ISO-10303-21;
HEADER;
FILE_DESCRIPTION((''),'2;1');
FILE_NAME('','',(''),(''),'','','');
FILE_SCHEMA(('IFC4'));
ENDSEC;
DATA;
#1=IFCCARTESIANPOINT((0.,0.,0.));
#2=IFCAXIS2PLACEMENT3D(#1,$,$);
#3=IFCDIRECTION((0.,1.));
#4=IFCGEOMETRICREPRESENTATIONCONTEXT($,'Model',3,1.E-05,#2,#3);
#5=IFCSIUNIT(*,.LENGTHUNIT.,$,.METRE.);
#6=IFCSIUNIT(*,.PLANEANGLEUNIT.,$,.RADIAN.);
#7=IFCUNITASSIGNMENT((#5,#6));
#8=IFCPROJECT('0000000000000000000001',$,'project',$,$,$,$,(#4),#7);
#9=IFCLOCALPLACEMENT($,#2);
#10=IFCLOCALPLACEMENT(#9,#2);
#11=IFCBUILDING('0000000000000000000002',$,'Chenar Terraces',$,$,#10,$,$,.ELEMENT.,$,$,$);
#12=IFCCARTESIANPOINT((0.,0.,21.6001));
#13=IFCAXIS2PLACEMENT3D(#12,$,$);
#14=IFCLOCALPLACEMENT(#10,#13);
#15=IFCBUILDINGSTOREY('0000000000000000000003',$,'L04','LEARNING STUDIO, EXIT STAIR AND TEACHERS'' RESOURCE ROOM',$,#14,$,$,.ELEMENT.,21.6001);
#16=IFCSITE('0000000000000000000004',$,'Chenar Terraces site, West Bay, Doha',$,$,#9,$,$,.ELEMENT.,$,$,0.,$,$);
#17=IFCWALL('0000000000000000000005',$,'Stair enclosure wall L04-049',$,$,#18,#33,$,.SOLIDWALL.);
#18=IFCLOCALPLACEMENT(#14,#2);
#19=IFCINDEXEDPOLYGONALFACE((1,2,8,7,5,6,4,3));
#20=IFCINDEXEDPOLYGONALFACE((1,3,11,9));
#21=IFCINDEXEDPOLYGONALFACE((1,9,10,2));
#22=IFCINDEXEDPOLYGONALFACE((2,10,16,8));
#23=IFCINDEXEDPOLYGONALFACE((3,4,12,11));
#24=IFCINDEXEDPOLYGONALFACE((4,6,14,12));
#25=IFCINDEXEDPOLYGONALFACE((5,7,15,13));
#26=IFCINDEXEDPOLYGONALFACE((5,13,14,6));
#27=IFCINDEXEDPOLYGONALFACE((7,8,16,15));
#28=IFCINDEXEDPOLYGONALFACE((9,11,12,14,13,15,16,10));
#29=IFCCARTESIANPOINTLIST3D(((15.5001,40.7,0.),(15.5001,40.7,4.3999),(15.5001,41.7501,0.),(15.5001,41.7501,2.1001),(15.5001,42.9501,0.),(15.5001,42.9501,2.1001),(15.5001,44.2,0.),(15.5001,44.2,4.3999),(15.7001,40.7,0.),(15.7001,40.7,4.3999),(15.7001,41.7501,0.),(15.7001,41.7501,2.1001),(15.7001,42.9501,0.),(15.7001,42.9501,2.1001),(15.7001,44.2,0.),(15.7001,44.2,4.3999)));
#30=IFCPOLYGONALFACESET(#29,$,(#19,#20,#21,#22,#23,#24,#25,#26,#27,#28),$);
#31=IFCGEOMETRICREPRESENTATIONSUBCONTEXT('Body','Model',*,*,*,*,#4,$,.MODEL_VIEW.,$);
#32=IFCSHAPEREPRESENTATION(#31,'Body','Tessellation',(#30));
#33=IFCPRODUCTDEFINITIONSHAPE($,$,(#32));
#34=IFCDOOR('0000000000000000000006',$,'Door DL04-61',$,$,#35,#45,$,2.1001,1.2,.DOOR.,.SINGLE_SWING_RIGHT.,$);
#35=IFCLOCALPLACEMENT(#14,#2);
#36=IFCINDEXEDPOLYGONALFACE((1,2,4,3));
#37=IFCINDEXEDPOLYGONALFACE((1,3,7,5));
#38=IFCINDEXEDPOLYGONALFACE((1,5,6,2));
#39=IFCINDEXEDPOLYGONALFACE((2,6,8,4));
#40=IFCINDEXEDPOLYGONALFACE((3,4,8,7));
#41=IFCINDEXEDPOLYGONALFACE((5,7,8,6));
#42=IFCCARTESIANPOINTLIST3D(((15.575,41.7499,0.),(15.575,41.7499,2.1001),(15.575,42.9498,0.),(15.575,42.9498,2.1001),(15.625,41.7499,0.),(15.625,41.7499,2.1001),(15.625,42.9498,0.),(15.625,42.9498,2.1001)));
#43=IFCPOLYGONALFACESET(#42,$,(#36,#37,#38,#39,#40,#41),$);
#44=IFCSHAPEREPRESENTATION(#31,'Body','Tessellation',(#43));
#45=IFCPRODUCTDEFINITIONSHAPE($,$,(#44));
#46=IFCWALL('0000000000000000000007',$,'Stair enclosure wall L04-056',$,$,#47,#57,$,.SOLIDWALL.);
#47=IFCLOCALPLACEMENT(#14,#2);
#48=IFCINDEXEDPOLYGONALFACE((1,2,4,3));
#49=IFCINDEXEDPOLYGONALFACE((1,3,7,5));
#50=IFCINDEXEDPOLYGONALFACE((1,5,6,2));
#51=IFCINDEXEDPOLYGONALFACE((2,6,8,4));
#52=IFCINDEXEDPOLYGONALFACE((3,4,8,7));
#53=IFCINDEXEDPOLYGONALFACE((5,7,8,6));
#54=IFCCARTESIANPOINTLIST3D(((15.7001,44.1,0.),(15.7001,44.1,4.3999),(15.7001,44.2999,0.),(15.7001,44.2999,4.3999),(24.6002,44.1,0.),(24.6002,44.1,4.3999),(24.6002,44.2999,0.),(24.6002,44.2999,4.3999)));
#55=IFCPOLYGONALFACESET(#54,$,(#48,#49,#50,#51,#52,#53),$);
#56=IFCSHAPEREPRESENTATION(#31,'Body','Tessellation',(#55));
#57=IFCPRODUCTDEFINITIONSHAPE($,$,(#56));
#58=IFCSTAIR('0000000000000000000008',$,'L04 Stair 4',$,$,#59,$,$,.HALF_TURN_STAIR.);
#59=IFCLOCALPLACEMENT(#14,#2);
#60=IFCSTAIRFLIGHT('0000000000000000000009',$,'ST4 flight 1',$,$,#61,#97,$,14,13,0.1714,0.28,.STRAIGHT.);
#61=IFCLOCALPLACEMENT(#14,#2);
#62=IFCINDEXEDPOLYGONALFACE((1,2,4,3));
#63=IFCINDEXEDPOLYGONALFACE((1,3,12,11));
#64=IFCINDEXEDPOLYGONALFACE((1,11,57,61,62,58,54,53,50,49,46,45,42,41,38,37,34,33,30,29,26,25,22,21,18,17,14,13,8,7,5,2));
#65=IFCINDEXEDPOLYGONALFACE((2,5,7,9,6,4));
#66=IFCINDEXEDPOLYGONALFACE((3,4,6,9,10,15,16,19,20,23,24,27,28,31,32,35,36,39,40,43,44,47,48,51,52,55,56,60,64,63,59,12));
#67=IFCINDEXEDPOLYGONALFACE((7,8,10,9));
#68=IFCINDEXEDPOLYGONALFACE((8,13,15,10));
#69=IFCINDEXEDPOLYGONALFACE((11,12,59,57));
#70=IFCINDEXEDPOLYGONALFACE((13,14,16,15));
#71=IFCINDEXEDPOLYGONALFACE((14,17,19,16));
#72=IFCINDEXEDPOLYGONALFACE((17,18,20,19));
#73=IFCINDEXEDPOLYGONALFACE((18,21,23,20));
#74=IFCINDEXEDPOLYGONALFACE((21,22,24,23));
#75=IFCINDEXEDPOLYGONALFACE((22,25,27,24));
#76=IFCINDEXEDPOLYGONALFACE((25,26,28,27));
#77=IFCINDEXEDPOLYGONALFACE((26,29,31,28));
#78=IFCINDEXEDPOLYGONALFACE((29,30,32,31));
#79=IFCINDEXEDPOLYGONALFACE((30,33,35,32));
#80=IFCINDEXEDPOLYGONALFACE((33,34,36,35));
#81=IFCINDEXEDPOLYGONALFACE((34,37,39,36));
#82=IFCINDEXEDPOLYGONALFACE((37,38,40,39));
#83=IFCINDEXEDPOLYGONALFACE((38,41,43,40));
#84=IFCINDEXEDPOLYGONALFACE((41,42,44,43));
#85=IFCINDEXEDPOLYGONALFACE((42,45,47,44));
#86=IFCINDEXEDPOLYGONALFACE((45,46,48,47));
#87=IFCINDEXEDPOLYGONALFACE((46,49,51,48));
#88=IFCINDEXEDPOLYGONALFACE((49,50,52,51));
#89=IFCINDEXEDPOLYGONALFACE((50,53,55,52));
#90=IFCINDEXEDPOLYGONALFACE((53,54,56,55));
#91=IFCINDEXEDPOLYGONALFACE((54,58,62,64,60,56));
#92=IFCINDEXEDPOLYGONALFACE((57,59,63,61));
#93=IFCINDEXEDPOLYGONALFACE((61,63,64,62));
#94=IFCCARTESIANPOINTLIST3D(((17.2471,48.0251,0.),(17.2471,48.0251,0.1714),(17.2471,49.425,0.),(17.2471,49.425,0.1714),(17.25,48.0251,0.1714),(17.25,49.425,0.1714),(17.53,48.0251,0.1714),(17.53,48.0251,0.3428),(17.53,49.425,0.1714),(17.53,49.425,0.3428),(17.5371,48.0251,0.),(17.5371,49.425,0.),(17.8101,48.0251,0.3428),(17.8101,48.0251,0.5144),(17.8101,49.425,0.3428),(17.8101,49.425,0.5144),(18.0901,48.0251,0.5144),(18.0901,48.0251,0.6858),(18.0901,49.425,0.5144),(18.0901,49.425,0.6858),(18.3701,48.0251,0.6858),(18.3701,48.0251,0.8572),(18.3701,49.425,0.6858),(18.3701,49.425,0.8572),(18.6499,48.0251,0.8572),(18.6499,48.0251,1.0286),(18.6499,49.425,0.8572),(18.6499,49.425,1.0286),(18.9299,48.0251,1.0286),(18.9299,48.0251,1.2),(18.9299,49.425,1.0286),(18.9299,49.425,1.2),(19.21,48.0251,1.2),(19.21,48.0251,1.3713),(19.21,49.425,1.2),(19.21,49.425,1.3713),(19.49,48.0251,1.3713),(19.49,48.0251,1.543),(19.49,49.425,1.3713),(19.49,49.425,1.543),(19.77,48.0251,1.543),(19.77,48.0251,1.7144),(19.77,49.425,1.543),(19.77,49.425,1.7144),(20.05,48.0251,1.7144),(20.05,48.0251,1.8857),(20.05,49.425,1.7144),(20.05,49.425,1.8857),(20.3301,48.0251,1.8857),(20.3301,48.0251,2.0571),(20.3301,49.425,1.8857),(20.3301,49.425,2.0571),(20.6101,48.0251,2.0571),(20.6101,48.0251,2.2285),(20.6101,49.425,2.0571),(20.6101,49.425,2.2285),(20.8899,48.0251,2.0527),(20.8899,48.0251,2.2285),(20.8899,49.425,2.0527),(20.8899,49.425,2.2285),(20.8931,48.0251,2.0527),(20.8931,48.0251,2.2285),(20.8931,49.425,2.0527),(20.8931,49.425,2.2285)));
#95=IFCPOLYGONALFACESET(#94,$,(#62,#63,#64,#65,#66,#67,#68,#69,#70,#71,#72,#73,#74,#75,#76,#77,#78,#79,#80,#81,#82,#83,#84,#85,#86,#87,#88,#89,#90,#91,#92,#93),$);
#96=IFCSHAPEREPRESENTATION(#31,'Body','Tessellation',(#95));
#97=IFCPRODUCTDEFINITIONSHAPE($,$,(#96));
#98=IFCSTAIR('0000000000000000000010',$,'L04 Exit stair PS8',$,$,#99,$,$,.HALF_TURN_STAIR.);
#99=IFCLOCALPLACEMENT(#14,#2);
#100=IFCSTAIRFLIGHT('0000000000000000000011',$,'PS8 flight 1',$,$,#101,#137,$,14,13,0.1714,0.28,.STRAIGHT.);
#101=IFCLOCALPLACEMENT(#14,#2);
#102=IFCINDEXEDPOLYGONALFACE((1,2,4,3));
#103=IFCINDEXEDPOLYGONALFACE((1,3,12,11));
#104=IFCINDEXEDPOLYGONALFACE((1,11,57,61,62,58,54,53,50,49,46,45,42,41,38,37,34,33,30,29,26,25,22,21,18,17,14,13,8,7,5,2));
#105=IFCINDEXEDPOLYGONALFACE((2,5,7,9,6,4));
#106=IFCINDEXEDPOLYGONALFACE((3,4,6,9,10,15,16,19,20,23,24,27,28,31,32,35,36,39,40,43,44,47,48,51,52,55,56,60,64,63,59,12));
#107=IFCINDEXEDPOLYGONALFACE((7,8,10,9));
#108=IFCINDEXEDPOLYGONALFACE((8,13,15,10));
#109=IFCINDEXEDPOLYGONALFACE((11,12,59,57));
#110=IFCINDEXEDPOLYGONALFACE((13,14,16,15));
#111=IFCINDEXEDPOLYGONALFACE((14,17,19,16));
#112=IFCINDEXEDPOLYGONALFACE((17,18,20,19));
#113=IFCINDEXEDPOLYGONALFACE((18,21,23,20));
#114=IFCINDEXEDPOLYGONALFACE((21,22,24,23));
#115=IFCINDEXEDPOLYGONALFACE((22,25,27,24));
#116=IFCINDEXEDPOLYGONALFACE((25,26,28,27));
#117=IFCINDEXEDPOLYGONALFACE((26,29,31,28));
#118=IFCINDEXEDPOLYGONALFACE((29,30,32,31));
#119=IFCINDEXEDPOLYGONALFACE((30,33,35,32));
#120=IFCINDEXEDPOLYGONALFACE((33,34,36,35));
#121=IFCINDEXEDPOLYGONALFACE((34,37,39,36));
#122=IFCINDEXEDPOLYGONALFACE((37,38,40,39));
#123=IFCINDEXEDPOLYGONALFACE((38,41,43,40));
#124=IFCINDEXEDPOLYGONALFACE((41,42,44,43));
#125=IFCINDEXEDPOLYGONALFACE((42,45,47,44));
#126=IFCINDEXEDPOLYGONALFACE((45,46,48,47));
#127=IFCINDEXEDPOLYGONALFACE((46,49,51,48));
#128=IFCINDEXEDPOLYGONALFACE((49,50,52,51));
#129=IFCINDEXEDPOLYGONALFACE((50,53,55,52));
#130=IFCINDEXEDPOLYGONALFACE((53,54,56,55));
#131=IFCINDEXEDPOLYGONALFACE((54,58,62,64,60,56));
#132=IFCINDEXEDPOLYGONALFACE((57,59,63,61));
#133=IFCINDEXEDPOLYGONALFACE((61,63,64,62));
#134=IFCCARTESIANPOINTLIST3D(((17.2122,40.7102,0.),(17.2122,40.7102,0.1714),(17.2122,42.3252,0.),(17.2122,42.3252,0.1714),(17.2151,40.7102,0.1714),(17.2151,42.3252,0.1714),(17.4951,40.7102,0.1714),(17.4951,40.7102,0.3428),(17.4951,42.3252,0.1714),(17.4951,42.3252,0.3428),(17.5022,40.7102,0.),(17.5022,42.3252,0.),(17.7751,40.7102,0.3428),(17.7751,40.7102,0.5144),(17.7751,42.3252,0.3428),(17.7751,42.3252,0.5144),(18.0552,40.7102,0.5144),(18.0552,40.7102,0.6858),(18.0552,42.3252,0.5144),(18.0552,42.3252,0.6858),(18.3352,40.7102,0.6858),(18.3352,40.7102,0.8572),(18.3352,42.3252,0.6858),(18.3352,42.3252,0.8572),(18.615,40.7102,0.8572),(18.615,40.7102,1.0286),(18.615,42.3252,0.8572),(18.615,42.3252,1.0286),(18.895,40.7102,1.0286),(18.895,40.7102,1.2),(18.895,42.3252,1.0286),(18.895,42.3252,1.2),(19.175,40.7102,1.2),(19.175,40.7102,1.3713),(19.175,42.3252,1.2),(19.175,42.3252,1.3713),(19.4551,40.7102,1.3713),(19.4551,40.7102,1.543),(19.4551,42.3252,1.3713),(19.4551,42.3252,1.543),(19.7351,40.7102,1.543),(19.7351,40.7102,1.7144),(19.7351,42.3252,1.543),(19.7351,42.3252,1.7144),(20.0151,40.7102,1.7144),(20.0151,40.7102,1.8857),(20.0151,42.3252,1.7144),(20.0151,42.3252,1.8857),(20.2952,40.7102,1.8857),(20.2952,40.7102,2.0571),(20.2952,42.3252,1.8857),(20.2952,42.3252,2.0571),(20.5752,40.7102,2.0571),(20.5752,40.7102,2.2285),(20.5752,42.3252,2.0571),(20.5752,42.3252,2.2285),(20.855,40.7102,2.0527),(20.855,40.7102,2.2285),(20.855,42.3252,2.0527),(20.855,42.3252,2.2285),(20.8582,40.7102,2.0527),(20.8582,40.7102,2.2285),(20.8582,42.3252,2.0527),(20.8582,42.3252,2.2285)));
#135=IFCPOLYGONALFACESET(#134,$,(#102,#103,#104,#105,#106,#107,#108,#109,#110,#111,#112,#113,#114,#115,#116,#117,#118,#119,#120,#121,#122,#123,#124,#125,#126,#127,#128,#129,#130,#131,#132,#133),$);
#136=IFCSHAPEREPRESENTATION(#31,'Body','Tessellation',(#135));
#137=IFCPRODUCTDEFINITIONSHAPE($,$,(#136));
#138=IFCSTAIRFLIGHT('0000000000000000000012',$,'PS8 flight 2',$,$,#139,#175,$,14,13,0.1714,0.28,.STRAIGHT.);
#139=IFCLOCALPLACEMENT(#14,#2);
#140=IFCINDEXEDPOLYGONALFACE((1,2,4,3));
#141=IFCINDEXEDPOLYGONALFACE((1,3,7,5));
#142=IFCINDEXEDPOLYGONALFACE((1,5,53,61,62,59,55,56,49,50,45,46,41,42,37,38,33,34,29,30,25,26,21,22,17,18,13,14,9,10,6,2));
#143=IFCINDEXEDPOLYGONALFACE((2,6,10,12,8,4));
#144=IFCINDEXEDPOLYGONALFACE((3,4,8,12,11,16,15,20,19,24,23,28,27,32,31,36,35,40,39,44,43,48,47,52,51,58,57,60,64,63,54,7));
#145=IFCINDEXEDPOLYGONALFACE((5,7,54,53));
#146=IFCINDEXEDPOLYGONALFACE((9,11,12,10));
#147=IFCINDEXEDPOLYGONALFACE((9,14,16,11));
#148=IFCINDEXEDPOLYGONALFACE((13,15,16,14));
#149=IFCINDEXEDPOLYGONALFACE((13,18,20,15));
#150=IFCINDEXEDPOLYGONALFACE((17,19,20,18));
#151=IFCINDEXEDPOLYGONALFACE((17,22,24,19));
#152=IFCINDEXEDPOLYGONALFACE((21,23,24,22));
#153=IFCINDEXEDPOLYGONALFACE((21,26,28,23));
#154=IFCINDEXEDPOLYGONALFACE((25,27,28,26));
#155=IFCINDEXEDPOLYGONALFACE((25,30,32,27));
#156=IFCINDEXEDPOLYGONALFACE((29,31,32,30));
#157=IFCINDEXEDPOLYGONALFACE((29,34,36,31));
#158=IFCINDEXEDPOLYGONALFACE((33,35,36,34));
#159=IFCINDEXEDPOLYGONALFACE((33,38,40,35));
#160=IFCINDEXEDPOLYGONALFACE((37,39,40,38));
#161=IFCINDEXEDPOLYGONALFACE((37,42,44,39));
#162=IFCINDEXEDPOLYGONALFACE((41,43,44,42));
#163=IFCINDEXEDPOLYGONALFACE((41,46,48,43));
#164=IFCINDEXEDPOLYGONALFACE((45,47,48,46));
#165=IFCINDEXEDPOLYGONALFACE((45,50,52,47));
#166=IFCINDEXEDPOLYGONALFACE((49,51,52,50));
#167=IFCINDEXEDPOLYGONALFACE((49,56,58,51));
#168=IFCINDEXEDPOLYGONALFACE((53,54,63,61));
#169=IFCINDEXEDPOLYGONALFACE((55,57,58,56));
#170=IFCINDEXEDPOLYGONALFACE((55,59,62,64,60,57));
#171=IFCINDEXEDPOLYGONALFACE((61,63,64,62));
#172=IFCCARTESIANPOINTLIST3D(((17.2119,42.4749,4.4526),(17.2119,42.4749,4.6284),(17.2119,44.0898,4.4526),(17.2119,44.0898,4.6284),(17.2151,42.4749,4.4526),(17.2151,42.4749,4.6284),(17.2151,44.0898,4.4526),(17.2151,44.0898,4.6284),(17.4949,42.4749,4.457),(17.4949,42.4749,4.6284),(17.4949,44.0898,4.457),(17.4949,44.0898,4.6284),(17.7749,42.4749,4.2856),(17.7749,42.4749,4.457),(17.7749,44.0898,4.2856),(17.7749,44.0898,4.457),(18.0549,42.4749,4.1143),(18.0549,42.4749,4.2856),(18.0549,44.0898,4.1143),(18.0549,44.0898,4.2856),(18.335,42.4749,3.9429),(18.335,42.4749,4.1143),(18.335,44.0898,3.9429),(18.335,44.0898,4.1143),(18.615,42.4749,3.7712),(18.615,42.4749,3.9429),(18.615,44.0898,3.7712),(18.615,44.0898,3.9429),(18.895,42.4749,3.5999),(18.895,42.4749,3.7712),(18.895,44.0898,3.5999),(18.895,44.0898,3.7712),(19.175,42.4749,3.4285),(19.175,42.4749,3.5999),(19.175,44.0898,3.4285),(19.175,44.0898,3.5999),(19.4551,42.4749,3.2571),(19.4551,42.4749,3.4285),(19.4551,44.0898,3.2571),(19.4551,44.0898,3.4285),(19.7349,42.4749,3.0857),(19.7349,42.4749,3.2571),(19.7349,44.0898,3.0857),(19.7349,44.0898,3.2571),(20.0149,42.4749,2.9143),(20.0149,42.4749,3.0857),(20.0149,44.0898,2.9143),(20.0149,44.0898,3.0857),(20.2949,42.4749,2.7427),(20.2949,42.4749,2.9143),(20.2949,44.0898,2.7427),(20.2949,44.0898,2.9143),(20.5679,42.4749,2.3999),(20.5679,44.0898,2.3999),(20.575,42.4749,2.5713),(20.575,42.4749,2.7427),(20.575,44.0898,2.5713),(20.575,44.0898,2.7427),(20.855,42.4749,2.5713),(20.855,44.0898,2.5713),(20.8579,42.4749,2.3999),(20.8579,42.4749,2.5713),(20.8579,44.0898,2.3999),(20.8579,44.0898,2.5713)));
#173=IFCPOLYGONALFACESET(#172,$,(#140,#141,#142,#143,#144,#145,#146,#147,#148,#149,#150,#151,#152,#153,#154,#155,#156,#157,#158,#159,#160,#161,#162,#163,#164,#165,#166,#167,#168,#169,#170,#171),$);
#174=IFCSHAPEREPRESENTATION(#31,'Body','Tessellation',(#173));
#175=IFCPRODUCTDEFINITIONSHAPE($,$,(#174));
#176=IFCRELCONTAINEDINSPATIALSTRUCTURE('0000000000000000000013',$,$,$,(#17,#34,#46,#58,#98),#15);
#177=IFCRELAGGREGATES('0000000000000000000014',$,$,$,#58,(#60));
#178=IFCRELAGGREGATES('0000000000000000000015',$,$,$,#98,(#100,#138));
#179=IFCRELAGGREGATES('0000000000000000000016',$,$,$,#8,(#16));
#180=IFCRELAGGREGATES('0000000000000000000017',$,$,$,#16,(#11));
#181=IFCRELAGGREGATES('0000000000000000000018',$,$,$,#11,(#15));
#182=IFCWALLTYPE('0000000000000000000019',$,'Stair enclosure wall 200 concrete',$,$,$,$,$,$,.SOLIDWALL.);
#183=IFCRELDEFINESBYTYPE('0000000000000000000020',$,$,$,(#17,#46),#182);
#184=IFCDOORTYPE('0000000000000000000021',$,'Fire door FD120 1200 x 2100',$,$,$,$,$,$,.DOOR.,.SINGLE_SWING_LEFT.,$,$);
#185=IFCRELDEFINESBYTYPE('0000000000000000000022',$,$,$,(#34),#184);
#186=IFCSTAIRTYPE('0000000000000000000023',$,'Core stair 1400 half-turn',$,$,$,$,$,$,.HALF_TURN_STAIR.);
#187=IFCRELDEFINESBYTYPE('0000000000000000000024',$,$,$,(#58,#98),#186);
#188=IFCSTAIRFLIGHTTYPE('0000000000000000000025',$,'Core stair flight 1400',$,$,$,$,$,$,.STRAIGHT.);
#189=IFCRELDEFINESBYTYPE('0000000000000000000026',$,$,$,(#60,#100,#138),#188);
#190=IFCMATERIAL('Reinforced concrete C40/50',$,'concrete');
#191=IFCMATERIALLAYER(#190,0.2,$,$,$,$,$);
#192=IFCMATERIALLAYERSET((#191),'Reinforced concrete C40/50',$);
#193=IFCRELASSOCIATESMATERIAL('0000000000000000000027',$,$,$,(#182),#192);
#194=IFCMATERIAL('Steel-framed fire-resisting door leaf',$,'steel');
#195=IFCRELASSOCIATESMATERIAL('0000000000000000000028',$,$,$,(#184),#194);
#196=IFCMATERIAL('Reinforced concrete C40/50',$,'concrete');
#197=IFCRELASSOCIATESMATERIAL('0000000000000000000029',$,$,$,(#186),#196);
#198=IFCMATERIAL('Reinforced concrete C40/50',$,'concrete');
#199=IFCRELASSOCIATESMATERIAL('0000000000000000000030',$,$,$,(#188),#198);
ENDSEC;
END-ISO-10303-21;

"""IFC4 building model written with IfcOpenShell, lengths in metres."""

from ifc_helpers import new_model, si_unit, direction, frame, frame_2d, origin, place, context, subcontext, project, spatial, polyline, rectangle, outline, extrude, material, layer, layer_set, type_object, element, fill, aggregate, save


model = new_model("IFC4")

# Units and contexts
model_context = context("Model", 3, precision=1e-05, world=origin(), true_north=direction((0.0, 1.0)))
body_context = subcontext(model_context, "Body", "Model", "MODEL_VIEW")
ifc_project = project(units=[si_unit("LENGTHUNIT", "METRE"), si_unit("PLANEANGLEUNIT", "RADIAN")], contexts=[model_context])

# Site, building, storey
site_placement = place(None, origin())
site = spatial("IfcSite", under=ifc_project, at=site_placement, Name="Chenar Terraces site, West Bay, Doha", CompositionType="ELEMENT", RefElevation=0.0)
building_placement = place(site_placement, origin())
building = spatial("IfcBuilding", under=site, at=building_placement, Name="Chenar Terraces", CompositionType="ELEMENT")
storey_placement = place(building_placement, frame((0.0, 0.0, 21.6001)))
storey = spatial("IfcBuildingStorey", under=building, at=storey_placement, Name="L04", Description="LEARNING STUDIO, EXIT STAIR AND TEACHERS' RESOURCE ROOM", CompositionType="ELEMENT", Elevation=21.6001)

# Wall, opening, door
ifc_material_1 = material(Name="Reinforced concrete C40/50", Category="concrete")
ifc_layer_1 = layer(ifc_material_1, 0.2)
ifc_layer_set_1 = layer_set([ifc_layer_1], Name="Reinforced concrete C40/50")
wall_type_1 = type_object("IfcWallType", Name="Stair enclosure wall 200 concrete", PredefinedType="SOLIDWALL", material=ifc_layer_set_1)
ifc_material_2 = material(Name="Steel-framed fire-resisting door leaf", Category="steel")
door_type_1 = type_object("IfcDoorType", Name="Fire door FD120 1200 x 2100", OperationType="SINGLE_SWING_LEFT", PredefinedType="DOOR", material=ifc_material_2)
wall_1_placement = place(storey_placement, frame((15.6001, 40.7, 0.0), z_axis=(0.0, 0.0, 1.0), x_axis=(0.0, 1.0, 0.0)))
wall_1 = element("IfcWall", 1, at=wall_1_placement, inside=storey, type_object=wall_type_1, Name="Stair enclosure wall L04-049", PredefinedType="SOLIDWALL", context=body_context, shape_type="SweptSolid", body=[
    extrude(rectangle(XDim=3.5, YDim=0.2, at=frame_2d((1.75, 0.0))), origin(), (0.0, 0.0, 1.0), 4.3999),
])
opening_1_placement = place(wall_1_placement, frame((1.05, 0.0, 0.0)))
opening_1 = element("IfcOpeningElement", 2, at=opening_1_placement, cuts=wall_1, PredefinedType="OPENING", context=body_context, shape_type="SweptSolid", body=[
    extrude(rectangle(XDim=1.2, YDim=2.1001, at=frame_2d((0.6001, 1.05))), frame((0.0, 0.1099, 0.0), z_axis=(0.0, -1.0, 0.0), x_axis=(1.0, 0.0, 0.0)), (0.0, 0.0, 1.0), 0.22),
])
door_1_placement = place(opening_1_placement, frame((1.2, 0.0, 0.0), z_axis=(0.0, 0.0, 1.0), x_axis=(-1.0, 0.0, 0.0)))
door_1 = element("IfcDoor", 3, at=door_1_placement, inside=storey, type_object=door_type_1, Name="Door DL04-61", OperationType="SINGLE_SWING_RIGHT", OverallHeight=2.1001, OverallWidth=1.2, PredefinedType="DOOR", context=body_context, shape_type="SweptSolid", body=[
    extrude(rectangle(XDim=1.2, YDim=2.1001, at=frame_2d((0.6001, 1.05))), frame((0.0, 0.0249, 0.0), z_axis=(0.0, -1.0, 0.0), x_axis=(1.0, 0.0, 0.0)), (0.0, 0.0, 1.0), 0.05),
])
fill(opening_1, door_1)

# Wall
wall_2_placement = place(storey_placement, frame((15.7, 44.2, 0.0), z_axis=(0.0, 0.0, 1.0), x_axis=(1.0, 0.0, 0.0)))
element("IfcWall", 4, at=wall_2_placement, inside=storey, type_object=wall_type_1, Name="Stair enclosure wall L04-056", PredefinedType="SOLIDWALL", context=body_context, shape_type="SweptSolid", body=[
    extrude(rectangle(XDim=8.9001, YDim=0.2, at=frame_2d((4.4502, 0.0))), origin(), (0.0, 0.0, 1.0), 4.3999),
])

# Stair, stair flight
ifc_material_3 = material(Name="Reinforced concrete C40/50", Category="concrete")
stair_type = type_object("IfcStairType", Name="Core stair 1400 half-turn", PredefinedType="HALF_TURN_STAIR", material=ifc_material_3)
placement = place(storey_placement, origin())
stair_1 = element("IfcStair", 5, at=placement, inside=storey, type_object=stair_type, Name="L04 Stair 4", PredefinedType="HALF_TURN_STAIR")
ifc_material_4 = material(Name="Reinforced concrete C40/50", Category="concrete")
stair_flight_type = type_object("IfcStairFlightType", Name="Core stair flight 1400", PredefinedType="STRAIGHT", material=ifc_material_4)
stair_flight_1_placement = place(storey_placement, frame((17.25, 48.7251, 0.0), z_axis=(0.0, 0.0, 1.0), x_axis=(1.0, 0.0, 0.0)))
stair_flight_1 = element("IfcStairFlight", 6, at=stair_flight_1_placement, type_object=stair_flight_type, Name="ST4 flight 1", NumberOfRisers=14, NumberOfTreads=13, PredefinedType="STRAIGHT", RiserHeight=0.1714, TreadLength=0.28, context=body_context, shape_type="SweptSolid", body=[
    extrude(outline(polyline([(-0.0029, 0.0), (-0.0029, 0.1714), (0.0, 0.1714), (0.28, 0.1714), (0.28, 0.3428), (0.5601, 0.3428), (0.5601, 0.5144), (0.8401, 0.5144), (0.8401, 0.6858), (1.1201, 0.6858), (1.1201, 0.8572), (1.3999, 0.8572), (1.3999, 1.0286), (1.6799, 1.0286), (1.6799, 1.2), (1.96, 1.2), (1.96, 1.3713), (2.24, 1.3713), (2.24, 1.543), (2.52, 1.543), (2.52, 1.7144), (2.8, 1.7144), (2.8, 1.8857), (3.0801, 1.8857), (3.0801, 2.0571), (3.3601, 2.0571), (3.3601, 2.2285), (3.6399, 2.2285), (3.6431, 2.2285), (3.6431, 2.0527), (3.6399, 2.0527), (0.2871, 0.0), (-0.0029, 0.0)])), frame((0.0, 0.7, 0.0), z_axis=(0.0, -1.0, 0.0), x_axis=(1.0, 0.0, 0.0)), (0.0, 0.0, 1.0), 1.3999),
])
aggregate(stair_1, [stair_flight_1])

# Stair, stair flights
stair_2 = element("IfcStair", 7, at=placement, inside=storey, type_object=stair_type, Name="L04 Exit stair PS8", PredefinedType="HALF_TURN_STAIR")
stair_flight_2_placement = place(storey_placement, frame((17.2151, 41.5176, 0.0), z_axis=(0.0, 0.0, 1.0), x_axis=(1.0, 0.0, 0.0)))
stair_flight_2 = element("IfcStairFlight", 8, at=stair_flight_2_placement, type_object=stair_flight_type, Name="PS8 flight 1", NumberOfRisers=14, NumberOfTreads=13, PredefinedType="STRAIGHT", RiserHeight=0.1714, TreadLength=0.28, context=body_context, shape_type="SweptSolid", body=[
    extrude(outline(polyline([(-0.0029, 0.0), (-0.0029, 0.1714), (0.0, 0.1714), (0.28, 0.1714), (0.28, 0.3428), (0.5601, 0.3428), (0.5601, 0.5144), (0.8401, 0.5144), (0.8401, 0.6858), (1.1201, 0.6858), (1.1201, 0.8572), (1.3999, 0.8572), (1.3999, 1.0286), (1.6799, 1.0286), (1.6799, 1.2), (1.96, 1.2), (1.96, 1.3713), (2.24, 1.3713), (2.24, 1.543), (2.52, 1.543), (2.52, 1.7144), (2.8, 1.7144), (2.8, 1.8857), (3.0801, 1.8857), (3.0801, 2.0571), (3.3601, 2.0571), (3.3601, 2.2285), (3.6399, 2.2285), (3.6431, 2.2285), (3.6431, 2.0527), (3.6399, 2.0527), (0.2871, 0.0), (-0.0029, 0.0)])), frame((0.0, 0.8076, 0.0), z_axis=(0.0, -1.0, 0.0), x_axis=(1.0, 0.0, 0.0)), (0.0, 0.0, 1.0), 1.615),
])
stair_flight_3_placement = place(storey_placement, frame((20.855, 43.2825, 2.3999), z_axis=(0.0, 0.0, 1.0), x_axis=(-1.0, 0.0, 0.0)))
stair_flight_3 = element("IfcStairFlight", 9, at=stair_flight_3_placement, type_object=stair_flight_type, Name="PS8 flight 2", NumberOfRisers=14, NumberOfTreads=13, PredefinedType="STRAIGHT", RiserHeight=0.1714, TreadLength=0.28, context=body_context, shape_type="SweptSolid", body=[
    extrude(outline(polyline([(-0.0029, 0.0), (-0.0029, 0.1714), (0.0, 0.1714), (0.28, 0.1714), (0.28, 0.3428), (0.5601, 0.3428), (0.5601, 0.5144), (0.8401, 0.5144), (0.8401, 0.6858), (1.1201, 0.6858), (1.1201, 0.8572), (1.3999, 0.8572), (1.3999, 1.0286), (1.6799, 1.0286), (1.6799, 1.2), (1.96, 1.2), (1.96, 1.3713), (2.24, 1.3713), (2.24, 1.543), (2.52, 1.543), (2.52, 1.7144), (2.8, 1.7144), (2.8, 1.8857), (3.0801, 1.8857), (3.0801, 2.0571), (3.3601, 2.0571), (3.3601, 2.2285), (3.6399, 2.2285), (3.6431, 2.2285), (3.6431, 2.0527), (3.6399, 2.0527), (0.2871, 0.0), (-0.0029, 0.0)])), frame((0.0, 0.8076, 0.0), z_axis=(0.0, -1.0, 0.0), x_axis=(1.0, 0.0, 0.0)), (0.0, 0.0, 1.0), 1.615),
])
aggregate(stair_2, [stair_flight_2, stair_flight_3])

save(model, "model.ifc")
